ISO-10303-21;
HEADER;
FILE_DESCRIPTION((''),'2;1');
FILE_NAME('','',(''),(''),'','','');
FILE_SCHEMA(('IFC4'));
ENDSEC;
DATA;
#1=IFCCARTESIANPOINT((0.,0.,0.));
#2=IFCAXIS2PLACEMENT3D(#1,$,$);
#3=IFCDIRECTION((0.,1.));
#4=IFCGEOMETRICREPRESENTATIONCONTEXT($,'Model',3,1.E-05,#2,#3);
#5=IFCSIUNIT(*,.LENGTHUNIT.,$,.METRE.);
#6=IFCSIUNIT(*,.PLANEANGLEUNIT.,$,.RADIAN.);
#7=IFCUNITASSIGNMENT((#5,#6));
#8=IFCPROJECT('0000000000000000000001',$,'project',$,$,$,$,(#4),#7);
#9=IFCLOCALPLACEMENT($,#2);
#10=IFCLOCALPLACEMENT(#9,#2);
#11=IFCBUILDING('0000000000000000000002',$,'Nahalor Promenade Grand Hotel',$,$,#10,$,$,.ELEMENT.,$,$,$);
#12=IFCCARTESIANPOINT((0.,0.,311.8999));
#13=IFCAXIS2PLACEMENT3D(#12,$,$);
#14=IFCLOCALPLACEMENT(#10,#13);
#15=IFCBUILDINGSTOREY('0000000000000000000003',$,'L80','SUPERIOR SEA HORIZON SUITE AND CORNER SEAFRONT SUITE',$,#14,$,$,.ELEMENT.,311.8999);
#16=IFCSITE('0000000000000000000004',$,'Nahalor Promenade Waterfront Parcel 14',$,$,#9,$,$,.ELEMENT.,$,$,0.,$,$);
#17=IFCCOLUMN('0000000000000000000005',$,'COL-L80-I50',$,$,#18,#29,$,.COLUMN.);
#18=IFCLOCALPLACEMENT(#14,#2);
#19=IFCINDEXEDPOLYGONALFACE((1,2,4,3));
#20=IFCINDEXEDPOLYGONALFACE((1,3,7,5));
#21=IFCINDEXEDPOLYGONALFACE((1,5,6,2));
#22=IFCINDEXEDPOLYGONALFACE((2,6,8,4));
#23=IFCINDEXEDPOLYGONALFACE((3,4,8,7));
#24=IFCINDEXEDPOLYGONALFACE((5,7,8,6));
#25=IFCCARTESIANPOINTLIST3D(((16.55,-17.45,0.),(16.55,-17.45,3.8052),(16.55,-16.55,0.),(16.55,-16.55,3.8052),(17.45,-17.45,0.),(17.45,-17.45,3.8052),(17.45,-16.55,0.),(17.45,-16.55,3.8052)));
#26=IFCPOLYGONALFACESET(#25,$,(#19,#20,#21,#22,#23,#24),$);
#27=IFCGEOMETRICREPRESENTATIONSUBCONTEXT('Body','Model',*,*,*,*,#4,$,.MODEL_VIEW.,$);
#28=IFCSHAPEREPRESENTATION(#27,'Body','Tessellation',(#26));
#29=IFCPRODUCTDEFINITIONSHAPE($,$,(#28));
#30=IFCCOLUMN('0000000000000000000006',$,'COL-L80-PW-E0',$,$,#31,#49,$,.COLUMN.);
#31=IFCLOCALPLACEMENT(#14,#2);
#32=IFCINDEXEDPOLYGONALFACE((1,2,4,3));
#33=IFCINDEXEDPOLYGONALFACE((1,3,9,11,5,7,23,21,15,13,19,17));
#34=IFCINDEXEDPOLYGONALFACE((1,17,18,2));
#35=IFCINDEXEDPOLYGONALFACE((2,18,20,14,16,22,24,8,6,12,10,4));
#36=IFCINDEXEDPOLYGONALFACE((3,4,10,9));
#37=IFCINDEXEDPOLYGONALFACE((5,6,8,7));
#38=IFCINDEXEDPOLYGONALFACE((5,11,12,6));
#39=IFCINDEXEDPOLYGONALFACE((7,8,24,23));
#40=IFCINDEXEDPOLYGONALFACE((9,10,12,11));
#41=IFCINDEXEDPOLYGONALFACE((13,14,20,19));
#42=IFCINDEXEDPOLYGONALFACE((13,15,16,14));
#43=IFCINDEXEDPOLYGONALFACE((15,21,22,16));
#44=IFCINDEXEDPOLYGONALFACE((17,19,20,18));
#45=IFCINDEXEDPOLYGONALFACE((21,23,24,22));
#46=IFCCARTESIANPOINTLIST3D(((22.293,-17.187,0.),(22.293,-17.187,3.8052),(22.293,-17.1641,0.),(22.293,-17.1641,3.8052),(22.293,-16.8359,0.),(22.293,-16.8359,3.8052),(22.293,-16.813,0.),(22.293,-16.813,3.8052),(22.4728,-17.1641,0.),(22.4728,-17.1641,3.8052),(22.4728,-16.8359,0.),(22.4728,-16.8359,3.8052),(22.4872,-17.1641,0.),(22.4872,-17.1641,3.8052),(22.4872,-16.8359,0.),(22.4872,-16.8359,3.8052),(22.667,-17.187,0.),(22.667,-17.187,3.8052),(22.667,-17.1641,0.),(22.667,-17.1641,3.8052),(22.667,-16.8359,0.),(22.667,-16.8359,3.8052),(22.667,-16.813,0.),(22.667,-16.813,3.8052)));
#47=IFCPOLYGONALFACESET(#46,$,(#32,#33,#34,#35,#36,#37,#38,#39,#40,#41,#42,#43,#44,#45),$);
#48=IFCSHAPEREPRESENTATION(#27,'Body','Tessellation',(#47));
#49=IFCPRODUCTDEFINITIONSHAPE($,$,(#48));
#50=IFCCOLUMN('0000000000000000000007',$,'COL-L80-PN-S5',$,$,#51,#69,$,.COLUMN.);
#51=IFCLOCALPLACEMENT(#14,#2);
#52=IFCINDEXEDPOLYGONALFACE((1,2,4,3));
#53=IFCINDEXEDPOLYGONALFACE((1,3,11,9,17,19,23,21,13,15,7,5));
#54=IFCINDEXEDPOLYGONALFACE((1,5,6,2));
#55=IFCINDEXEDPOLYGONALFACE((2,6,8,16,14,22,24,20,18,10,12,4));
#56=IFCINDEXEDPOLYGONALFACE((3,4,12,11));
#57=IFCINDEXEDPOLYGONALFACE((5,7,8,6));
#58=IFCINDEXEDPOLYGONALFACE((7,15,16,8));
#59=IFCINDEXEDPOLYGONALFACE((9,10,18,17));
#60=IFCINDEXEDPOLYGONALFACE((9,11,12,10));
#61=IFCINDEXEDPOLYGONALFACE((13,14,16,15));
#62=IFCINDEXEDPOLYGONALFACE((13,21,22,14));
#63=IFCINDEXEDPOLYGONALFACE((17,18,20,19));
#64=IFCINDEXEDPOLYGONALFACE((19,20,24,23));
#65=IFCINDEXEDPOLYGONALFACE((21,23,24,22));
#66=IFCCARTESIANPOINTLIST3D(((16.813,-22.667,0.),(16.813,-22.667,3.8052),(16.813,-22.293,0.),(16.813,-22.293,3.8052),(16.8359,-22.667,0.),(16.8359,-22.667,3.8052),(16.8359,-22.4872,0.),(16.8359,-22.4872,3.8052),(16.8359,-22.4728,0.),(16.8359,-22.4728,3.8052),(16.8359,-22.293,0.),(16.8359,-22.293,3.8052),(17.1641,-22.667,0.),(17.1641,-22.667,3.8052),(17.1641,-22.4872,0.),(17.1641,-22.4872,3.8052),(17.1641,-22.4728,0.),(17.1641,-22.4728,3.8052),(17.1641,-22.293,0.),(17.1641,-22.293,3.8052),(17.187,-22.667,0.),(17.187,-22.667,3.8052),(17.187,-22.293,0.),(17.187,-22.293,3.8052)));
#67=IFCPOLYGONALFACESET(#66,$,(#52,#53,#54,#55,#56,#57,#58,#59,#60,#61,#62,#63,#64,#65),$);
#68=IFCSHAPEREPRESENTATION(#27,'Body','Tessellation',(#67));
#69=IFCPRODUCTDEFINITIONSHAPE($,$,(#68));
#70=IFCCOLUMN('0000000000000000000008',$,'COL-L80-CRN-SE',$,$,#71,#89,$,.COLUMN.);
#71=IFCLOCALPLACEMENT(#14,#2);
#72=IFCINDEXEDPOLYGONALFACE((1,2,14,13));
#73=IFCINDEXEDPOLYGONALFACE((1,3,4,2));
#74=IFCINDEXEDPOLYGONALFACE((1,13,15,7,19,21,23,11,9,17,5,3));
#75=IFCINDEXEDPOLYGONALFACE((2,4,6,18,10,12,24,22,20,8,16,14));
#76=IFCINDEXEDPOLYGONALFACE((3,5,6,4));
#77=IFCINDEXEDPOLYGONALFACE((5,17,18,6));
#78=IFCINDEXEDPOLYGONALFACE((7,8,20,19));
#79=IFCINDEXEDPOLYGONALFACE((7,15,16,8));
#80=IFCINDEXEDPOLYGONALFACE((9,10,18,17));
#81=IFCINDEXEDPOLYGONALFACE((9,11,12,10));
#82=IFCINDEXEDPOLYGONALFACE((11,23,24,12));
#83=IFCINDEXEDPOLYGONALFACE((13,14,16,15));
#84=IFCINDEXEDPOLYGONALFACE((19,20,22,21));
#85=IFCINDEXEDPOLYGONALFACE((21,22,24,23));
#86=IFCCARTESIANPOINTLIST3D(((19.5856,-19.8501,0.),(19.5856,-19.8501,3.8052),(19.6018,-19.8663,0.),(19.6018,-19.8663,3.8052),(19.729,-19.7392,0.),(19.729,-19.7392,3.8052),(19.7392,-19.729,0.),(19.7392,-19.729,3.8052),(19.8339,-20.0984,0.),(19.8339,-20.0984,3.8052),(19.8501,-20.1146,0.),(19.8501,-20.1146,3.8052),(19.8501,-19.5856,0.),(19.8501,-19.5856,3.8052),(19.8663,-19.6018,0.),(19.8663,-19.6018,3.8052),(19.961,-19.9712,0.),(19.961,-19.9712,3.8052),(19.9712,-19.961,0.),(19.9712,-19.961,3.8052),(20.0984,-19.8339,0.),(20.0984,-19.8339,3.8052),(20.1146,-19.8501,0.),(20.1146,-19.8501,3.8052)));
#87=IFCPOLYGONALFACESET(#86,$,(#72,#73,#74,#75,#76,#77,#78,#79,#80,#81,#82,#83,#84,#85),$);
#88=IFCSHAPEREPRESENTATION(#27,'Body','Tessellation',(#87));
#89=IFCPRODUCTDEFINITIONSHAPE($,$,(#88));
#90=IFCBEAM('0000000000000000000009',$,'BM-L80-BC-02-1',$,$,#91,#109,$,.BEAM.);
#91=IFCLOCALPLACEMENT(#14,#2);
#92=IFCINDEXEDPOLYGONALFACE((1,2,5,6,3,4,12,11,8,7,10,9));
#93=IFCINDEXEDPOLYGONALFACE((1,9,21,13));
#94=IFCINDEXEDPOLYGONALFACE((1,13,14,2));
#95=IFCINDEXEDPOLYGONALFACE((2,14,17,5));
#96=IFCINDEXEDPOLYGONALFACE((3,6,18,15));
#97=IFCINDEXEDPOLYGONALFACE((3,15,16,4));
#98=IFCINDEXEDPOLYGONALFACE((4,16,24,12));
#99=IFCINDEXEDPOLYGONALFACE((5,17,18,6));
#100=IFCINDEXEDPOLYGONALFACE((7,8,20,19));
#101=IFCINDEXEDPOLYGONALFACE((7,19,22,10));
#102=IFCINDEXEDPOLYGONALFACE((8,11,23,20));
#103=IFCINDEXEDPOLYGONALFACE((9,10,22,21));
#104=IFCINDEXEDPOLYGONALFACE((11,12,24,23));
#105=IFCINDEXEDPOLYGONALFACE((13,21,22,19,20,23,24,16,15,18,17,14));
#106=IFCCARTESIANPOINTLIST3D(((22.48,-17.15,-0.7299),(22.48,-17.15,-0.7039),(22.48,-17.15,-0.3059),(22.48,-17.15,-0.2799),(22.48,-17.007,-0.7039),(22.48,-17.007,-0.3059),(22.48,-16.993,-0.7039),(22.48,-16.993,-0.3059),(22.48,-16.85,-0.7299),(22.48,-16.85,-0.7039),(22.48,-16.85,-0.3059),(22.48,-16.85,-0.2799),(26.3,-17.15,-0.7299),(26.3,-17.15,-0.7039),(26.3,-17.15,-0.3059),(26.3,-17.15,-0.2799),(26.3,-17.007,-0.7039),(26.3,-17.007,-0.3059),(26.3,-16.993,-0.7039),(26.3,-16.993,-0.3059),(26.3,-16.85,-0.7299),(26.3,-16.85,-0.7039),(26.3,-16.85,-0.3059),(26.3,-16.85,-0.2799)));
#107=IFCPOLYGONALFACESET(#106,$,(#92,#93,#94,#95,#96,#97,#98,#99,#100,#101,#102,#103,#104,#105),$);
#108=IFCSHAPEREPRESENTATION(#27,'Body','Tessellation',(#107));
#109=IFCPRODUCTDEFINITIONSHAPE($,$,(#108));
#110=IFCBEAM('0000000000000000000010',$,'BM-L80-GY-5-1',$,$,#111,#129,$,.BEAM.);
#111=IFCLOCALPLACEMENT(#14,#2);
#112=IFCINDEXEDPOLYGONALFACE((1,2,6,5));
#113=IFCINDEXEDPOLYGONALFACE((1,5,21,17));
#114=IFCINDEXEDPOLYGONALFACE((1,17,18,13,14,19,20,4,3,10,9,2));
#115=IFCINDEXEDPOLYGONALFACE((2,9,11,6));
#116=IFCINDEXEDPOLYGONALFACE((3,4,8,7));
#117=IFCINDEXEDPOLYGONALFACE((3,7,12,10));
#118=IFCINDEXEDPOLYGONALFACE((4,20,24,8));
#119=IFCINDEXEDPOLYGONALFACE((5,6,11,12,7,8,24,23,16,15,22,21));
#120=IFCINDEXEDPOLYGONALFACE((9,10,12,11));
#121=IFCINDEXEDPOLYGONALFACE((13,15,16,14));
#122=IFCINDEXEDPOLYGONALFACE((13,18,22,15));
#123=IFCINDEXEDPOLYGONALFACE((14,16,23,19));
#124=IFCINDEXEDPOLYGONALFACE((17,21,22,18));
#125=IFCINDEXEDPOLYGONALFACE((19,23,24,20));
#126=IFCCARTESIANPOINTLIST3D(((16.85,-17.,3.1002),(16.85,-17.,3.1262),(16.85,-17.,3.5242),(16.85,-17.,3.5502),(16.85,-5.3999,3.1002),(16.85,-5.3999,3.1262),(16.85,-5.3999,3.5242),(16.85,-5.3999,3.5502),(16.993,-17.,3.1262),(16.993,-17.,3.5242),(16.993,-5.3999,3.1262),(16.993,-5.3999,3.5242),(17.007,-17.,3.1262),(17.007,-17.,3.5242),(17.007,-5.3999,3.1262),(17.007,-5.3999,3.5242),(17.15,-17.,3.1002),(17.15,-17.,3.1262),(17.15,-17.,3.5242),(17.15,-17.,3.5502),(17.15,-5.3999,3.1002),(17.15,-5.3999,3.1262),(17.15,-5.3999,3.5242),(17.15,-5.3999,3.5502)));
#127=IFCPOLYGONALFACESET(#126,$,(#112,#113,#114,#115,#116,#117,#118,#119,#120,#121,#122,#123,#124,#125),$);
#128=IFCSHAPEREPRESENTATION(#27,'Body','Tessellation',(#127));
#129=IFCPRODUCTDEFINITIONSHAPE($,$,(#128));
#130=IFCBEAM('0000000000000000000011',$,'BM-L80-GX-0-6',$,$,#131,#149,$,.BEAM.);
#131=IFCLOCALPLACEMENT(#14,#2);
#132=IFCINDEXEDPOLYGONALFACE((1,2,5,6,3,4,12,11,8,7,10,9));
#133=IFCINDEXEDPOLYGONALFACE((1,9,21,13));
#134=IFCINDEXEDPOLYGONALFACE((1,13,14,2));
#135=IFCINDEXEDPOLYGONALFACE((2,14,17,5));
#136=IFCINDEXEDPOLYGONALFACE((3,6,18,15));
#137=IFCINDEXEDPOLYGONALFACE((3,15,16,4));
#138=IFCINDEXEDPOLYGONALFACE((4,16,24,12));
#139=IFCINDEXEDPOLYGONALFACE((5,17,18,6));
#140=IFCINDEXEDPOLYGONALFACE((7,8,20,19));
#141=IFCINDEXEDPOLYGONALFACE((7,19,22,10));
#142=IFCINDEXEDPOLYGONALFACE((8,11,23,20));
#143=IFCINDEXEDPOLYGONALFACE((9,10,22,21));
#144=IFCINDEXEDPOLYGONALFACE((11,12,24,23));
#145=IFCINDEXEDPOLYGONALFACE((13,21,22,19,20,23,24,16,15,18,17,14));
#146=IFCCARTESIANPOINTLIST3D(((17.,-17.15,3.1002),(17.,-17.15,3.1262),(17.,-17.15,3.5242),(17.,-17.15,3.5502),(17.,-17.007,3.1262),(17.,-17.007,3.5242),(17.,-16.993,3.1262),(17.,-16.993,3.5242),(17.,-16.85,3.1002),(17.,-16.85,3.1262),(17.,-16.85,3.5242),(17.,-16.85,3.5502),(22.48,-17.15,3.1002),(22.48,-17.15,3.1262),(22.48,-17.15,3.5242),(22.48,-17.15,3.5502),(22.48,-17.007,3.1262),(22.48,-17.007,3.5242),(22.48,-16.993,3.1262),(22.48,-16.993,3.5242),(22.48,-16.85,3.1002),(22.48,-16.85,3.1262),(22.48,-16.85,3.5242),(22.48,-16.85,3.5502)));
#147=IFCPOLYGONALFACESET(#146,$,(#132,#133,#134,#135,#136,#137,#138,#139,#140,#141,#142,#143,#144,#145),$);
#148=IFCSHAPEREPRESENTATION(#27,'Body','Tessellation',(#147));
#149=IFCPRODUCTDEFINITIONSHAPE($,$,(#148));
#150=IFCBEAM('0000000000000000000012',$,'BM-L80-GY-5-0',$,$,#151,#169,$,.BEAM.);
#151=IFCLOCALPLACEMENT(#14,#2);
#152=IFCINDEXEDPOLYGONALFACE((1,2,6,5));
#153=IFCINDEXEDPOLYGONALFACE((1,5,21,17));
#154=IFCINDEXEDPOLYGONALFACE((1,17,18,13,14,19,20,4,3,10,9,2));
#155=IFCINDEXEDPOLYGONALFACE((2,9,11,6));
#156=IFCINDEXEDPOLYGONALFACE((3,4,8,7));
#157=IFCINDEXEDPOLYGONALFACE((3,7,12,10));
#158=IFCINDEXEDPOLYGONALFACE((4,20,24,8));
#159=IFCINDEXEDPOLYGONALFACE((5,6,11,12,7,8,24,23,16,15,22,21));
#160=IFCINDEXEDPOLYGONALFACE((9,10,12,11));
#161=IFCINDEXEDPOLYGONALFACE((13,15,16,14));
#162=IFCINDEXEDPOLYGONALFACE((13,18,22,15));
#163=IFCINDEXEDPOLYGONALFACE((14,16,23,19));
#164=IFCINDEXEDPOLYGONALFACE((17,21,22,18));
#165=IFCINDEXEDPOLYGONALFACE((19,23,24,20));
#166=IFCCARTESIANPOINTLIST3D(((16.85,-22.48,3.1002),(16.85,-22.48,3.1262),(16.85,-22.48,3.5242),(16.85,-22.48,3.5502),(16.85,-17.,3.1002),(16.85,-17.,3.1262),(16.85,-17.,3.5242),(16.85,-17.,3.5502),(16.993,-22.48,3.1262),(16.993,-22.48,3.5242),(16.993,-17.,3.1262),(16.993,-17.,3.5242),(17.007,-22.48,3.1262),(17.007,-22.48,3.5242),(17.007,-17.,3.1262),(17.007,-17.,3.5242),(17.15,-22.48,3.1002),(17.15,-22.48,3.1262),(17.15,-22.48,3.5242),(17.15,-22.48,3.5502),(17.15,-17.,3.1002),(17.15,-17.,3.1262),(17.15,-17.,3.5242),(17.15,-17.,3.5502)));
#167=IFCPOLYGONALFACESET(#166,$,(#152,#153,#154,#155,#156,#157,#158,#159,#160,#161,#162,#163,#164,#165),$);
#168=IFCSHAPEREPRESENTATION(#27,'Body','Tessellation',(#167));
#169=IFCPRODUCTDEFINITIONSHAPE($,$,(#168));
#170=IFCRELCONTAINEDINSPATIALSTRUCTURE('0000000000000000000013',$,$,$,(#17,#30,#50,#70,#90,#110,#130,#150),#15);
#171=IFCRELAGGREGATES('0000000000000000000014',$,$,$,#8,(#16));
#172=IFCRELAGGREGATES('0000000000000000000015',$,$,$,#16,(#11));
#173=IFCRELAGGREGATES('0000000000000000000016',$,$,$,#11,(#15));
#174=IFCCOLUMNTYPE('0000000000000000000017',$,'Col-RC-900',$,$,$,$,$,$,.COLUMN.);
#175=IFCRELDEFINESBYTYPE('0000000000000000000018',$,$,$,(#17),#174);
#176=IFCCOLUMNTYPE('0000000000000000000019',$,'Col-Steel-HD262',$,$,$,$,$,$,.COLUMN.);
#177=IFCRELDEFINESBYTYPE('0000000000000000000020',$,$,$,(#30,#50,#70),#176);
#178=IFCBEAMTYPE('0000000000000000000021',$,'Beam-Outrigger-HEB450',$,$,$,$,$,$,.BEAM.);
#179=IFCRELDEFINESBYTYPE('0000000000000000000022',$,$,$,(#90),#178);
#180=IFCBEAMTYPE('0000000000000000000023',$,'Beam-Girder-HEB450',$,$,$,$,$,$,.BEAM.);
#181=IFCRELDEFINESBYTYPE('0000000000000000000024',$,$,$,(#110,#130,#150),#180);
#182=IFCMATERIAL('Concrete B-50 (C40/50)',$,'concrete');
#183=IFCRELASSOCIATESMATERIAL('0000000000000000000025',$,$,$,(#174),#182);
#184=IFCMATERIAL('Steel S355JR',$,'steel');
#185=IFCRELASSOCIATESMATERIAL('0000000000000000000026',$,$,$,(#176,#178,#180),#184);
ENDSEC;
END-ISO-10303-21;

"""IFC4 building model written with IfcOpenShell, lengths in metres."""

from ifc_helpers import new_model, si_unit, direction, frame, origin, origin_2d, place, context, subcontext, project, spatial, rectangle, i_section, extrude, source, transform, mapped, material, material_profile, profile_set, type_object, element, save


model = new_model("IFC4")

# Units and contexts
model_context = context("Model", 3, precision=1e-05, world=origin(), true_north=direction((0.0, 1.0)))
body_context = subcontext(model_context, "Body", "Model", "MODEL_VIEW")
ifc_project = project(units=[si_unit("LENGTHUNIT", "METRE"), si_unit("PLANEANGLEUNIT", "RADIAN")], contexts=[model_context])

# Site, building, storey
site_placement = place(None, origin())
site = spatial("IfcSite", under=ifc_project, at=site_placement, Name="Nahalor Promenade Waterfront Parcel 14", CompositionType="ELEMENT", RefElevation=0.0)
building_placement = place(site_placement, origin())
building = spatial("IfcBuilding", under=site, at=building_placement, Name="Nahalor Promenade Grand Hotel", CompositionType="ELEMENT")
storey_placement = place(building_placement, frame((0.0, 0.0, 311.8999)))
storey = spatial("IfcBuildingStorey", under=building, at=storey_placement, Name="L80", Description="SUPERIOR SEA HORIZON SUITE AND CORNER SEAFRONT SUITE", CompositionType="ELEMENT", Elevation=311.8999)

# Columns
ifc_material_1 = material(Name="Concrete B-50 (C40/50)", Category="concrete")
ifc_material_profile_1 = material_profile(ifc_material_1, rectangle(XDim=0.9, YDim=0.9, at=origin_2d()), Name="RC 900x900")
ifc_profile_set_1 = profile_set([ifc_material_profile_1], Name="Concrete B-50 (C40/50)")
column_type_1 = type_object("IfcColumnType", Name="Col-RC-900", PredefinedType="COLUMN", material=ifc_profile_set_1)
shared_shape_1 = source(origin(), body_context, "Body", "SweptSolid", [
    extrude(rectangle(XDim=0.9, YDim=0.9, at=origin_2d()), origin(), (0.0, 0.0, 1.0), 3.8052),
])
column_placement = place(storey_placement, frame((17.0, -17.0, 0.0), z_axis=(0.0, 0.0, 1.0), x_axis=(1.0, 0.0, 0.0)))
element("IfcColumn", 1, at=column_placement, inside=storey, type_object=column_type_1, Name="COL-L80-I50", PredefinedType="COLUMN", context=body_context, shape_type="MappedRepresentation", body=[
    mapped(shared_shape_1, transform((0.0, 0.0, 0.0), scale=1.0)),
])
ifc_material_2 = material(Name="Steel S355JR", Category="steel")
ifc_material_profile_2 = material_profile(ifc_material_2, i_section(OverallWidth=0.374, OverallDepth=0.374, WebThickness=0.0144, FlangeThickness=0.0229, at=origin_2d()), Name="HD 360x262")
ifc_profile_set_2 = profile_set([ifc_material_profile_2], Name="Steel S355JR")
column_type_2 = type_object("IfcColumnType", Name="Col-Steel-HD262", PredefinedType="COLUMN", material=ifc_profile_set_2)
shared_shape_2 = source(origin(), body_context, "Body", "SweptSolid", [
    extrude(i_section(OverallWidth=0.374, OverallDepth=0.374, WebThickness=0.0144, FlangeThickness=0.0229, at=origin_2d()), origin(), (0.0, 0.0, 1.0), 3.8052),
])
for number, where, z_axis, x_axis, name in (
    (2, (22.48, -17.0, 0.0), (0.0, 0.0, 1.0), (1.0, 0.0, 0.0), "COL-L80-PW-E0"),
    (3, (17.0, -22.48, 0.0), (0.0, 0.0, 1.0), (0.0, 1.0, 0.0), "COL-L80-PN-S5"),
    (4, (19.8501, -19.8501, 0.0), (0.0, 0.0, 1.0), (0.707107, 0.707107, 0.0), "COL-L80-CRN-SE"),
):
    element("IfcColumn", number, at=place(storey_placement, frame(where, z_axis=z_axis, x_axis=x_axis)), inside=storey, type_object=column_type_2, Name=name, PredefinedType="COLUMN", context=body_context, shape_type="MappedRepresentation", body=[
        mapped(shared_shape_2, transform((0.0, 0.0, 0.0), scale=1.0)),
    ])

# Beams
ifc_material_profile_3 = material_profile(ifc_material_2, i_section(OverallWidth=0.3, OverallDepth=0.45, WebThickness=0.014, FlangeThickness=0.026, at=origin_2d()), Name="HEB 450")
ifc_profile_set_3 = profile_set([ifc_material_profile_3], Name="Steel S355JR")
beam_type_1 = type_object("IfcBeamType", Name="Beam-Outrigger-HEB450", PredefinedType="BEAM", material=ifc_profile_set_3)
shared_shape_3 = source(origin(), body_context, "Body", "SweptSolid", [
    extrude(i_section(OverallWidth=0.3, OverallDepth=0.45, WebThickness=0.014, FlangeThickness=0.026, at=origin_2d()), origin(), (0.0, 0.0, 1.0), 3.8201),
])
beam_1_placement = place(storey_placement, frame((22.48, -17.0, -0.5049), z_axis=(1.0, 0.0, 0.0), x_axis=(0.0, 1.0, 0.0)))
element("IfcBeam", 5, at=beam_1_placement, inside=storey, type_object=beam_type_1, Name="BM-L80-BC-02-1", PredefinedType="BEAM", context=body_context, shape_type="MappedRepresentation", body=[
    mapped(shared_shape_3, transform((0.0, 0.0, 0.0), scale=1.0)),
])
ifc_material_profile_4 = material_profile(ifc_material_2, i_section(OverallWidth=0.3, OverallDepth=0.45, WebThickness=0.014, FlangeThickness=0.026, at=origin_2d()), Name="HEB 450")
ifc_profile_set_4 = profile_set([ifc_material_profile_4], Name="Steel S355JR")
beam_type_2 = type_object("IfcBeamType", Name="Beam-Girder-HEB450", PredefinedType="BEAM", material=ifc_profile_set_4)
shared_shape_4 = source(origin(), body_context, "Body", "SweptSolid", [
    extrude(i_section(OverallWidth=0.3, OverallDepth=0.45, WebThickness=0.014, FlangeThickness=0.026, at=origin_2d()), origin(), (0.0, 0.0, 1.0), 11.6001),
])
beam_2_placement = place(storey_placement, frame((17.0, -17.0, 3.3252), z_axis=(0.0, 1.0, 0.0), x_axis=(-1.0, 0.0, 0.0)))
element("IfcBeam", 6, at=beam_2_placement, inside=storey, type_object=beam_type_2, Name="BM-L80-GY-5-1", PredefinedType="BEAM", context=body_context, shape_type="MappedRepresentation", body=[
    mapped(shared_shape_4, transform((0.0, 0.0, 0.0), scale=1.0)),
])
shared_shape_5 = source(origin(), body_context, "Body", "SweptSolid", [
    extrude(i_section(OverallWidth=0.3, OverallDepth=0.45, WebThickness=0.014, FlangeThickness=0.026, at=origin_2d()), origin(), (0.0, 0.0, 1.0), 5.48),
])
for number, where, z_axis, x_axis, name in (
    (7, (17.0, -17.0, 3.3252), (1.0, 0.0, 0.0), (0.0, 1.0, 0.0), "BM-L80-GX-0-6"),
    (8, (17.0, -22.48, 3.3252), (0.0, 1.0, 0.0), (-1.0, 0.0, 0.0), "BM-L80-GY-5-0"),
):
    element("IfcBeam", number, at=place(storey_placement, frame(where, z_axis=z_axis, x_axis=x_axis)), inside=storey, type_object=beam_type_2, Name=name, PredefinedType="BEAM", context=body_context, shape_type="MappedRepresentation", body=[
        mapped(shared_shape_5, transform((0.0, 0.0, 0.0), scale=1.0)),
    ])

save(model, "model.ifc")
